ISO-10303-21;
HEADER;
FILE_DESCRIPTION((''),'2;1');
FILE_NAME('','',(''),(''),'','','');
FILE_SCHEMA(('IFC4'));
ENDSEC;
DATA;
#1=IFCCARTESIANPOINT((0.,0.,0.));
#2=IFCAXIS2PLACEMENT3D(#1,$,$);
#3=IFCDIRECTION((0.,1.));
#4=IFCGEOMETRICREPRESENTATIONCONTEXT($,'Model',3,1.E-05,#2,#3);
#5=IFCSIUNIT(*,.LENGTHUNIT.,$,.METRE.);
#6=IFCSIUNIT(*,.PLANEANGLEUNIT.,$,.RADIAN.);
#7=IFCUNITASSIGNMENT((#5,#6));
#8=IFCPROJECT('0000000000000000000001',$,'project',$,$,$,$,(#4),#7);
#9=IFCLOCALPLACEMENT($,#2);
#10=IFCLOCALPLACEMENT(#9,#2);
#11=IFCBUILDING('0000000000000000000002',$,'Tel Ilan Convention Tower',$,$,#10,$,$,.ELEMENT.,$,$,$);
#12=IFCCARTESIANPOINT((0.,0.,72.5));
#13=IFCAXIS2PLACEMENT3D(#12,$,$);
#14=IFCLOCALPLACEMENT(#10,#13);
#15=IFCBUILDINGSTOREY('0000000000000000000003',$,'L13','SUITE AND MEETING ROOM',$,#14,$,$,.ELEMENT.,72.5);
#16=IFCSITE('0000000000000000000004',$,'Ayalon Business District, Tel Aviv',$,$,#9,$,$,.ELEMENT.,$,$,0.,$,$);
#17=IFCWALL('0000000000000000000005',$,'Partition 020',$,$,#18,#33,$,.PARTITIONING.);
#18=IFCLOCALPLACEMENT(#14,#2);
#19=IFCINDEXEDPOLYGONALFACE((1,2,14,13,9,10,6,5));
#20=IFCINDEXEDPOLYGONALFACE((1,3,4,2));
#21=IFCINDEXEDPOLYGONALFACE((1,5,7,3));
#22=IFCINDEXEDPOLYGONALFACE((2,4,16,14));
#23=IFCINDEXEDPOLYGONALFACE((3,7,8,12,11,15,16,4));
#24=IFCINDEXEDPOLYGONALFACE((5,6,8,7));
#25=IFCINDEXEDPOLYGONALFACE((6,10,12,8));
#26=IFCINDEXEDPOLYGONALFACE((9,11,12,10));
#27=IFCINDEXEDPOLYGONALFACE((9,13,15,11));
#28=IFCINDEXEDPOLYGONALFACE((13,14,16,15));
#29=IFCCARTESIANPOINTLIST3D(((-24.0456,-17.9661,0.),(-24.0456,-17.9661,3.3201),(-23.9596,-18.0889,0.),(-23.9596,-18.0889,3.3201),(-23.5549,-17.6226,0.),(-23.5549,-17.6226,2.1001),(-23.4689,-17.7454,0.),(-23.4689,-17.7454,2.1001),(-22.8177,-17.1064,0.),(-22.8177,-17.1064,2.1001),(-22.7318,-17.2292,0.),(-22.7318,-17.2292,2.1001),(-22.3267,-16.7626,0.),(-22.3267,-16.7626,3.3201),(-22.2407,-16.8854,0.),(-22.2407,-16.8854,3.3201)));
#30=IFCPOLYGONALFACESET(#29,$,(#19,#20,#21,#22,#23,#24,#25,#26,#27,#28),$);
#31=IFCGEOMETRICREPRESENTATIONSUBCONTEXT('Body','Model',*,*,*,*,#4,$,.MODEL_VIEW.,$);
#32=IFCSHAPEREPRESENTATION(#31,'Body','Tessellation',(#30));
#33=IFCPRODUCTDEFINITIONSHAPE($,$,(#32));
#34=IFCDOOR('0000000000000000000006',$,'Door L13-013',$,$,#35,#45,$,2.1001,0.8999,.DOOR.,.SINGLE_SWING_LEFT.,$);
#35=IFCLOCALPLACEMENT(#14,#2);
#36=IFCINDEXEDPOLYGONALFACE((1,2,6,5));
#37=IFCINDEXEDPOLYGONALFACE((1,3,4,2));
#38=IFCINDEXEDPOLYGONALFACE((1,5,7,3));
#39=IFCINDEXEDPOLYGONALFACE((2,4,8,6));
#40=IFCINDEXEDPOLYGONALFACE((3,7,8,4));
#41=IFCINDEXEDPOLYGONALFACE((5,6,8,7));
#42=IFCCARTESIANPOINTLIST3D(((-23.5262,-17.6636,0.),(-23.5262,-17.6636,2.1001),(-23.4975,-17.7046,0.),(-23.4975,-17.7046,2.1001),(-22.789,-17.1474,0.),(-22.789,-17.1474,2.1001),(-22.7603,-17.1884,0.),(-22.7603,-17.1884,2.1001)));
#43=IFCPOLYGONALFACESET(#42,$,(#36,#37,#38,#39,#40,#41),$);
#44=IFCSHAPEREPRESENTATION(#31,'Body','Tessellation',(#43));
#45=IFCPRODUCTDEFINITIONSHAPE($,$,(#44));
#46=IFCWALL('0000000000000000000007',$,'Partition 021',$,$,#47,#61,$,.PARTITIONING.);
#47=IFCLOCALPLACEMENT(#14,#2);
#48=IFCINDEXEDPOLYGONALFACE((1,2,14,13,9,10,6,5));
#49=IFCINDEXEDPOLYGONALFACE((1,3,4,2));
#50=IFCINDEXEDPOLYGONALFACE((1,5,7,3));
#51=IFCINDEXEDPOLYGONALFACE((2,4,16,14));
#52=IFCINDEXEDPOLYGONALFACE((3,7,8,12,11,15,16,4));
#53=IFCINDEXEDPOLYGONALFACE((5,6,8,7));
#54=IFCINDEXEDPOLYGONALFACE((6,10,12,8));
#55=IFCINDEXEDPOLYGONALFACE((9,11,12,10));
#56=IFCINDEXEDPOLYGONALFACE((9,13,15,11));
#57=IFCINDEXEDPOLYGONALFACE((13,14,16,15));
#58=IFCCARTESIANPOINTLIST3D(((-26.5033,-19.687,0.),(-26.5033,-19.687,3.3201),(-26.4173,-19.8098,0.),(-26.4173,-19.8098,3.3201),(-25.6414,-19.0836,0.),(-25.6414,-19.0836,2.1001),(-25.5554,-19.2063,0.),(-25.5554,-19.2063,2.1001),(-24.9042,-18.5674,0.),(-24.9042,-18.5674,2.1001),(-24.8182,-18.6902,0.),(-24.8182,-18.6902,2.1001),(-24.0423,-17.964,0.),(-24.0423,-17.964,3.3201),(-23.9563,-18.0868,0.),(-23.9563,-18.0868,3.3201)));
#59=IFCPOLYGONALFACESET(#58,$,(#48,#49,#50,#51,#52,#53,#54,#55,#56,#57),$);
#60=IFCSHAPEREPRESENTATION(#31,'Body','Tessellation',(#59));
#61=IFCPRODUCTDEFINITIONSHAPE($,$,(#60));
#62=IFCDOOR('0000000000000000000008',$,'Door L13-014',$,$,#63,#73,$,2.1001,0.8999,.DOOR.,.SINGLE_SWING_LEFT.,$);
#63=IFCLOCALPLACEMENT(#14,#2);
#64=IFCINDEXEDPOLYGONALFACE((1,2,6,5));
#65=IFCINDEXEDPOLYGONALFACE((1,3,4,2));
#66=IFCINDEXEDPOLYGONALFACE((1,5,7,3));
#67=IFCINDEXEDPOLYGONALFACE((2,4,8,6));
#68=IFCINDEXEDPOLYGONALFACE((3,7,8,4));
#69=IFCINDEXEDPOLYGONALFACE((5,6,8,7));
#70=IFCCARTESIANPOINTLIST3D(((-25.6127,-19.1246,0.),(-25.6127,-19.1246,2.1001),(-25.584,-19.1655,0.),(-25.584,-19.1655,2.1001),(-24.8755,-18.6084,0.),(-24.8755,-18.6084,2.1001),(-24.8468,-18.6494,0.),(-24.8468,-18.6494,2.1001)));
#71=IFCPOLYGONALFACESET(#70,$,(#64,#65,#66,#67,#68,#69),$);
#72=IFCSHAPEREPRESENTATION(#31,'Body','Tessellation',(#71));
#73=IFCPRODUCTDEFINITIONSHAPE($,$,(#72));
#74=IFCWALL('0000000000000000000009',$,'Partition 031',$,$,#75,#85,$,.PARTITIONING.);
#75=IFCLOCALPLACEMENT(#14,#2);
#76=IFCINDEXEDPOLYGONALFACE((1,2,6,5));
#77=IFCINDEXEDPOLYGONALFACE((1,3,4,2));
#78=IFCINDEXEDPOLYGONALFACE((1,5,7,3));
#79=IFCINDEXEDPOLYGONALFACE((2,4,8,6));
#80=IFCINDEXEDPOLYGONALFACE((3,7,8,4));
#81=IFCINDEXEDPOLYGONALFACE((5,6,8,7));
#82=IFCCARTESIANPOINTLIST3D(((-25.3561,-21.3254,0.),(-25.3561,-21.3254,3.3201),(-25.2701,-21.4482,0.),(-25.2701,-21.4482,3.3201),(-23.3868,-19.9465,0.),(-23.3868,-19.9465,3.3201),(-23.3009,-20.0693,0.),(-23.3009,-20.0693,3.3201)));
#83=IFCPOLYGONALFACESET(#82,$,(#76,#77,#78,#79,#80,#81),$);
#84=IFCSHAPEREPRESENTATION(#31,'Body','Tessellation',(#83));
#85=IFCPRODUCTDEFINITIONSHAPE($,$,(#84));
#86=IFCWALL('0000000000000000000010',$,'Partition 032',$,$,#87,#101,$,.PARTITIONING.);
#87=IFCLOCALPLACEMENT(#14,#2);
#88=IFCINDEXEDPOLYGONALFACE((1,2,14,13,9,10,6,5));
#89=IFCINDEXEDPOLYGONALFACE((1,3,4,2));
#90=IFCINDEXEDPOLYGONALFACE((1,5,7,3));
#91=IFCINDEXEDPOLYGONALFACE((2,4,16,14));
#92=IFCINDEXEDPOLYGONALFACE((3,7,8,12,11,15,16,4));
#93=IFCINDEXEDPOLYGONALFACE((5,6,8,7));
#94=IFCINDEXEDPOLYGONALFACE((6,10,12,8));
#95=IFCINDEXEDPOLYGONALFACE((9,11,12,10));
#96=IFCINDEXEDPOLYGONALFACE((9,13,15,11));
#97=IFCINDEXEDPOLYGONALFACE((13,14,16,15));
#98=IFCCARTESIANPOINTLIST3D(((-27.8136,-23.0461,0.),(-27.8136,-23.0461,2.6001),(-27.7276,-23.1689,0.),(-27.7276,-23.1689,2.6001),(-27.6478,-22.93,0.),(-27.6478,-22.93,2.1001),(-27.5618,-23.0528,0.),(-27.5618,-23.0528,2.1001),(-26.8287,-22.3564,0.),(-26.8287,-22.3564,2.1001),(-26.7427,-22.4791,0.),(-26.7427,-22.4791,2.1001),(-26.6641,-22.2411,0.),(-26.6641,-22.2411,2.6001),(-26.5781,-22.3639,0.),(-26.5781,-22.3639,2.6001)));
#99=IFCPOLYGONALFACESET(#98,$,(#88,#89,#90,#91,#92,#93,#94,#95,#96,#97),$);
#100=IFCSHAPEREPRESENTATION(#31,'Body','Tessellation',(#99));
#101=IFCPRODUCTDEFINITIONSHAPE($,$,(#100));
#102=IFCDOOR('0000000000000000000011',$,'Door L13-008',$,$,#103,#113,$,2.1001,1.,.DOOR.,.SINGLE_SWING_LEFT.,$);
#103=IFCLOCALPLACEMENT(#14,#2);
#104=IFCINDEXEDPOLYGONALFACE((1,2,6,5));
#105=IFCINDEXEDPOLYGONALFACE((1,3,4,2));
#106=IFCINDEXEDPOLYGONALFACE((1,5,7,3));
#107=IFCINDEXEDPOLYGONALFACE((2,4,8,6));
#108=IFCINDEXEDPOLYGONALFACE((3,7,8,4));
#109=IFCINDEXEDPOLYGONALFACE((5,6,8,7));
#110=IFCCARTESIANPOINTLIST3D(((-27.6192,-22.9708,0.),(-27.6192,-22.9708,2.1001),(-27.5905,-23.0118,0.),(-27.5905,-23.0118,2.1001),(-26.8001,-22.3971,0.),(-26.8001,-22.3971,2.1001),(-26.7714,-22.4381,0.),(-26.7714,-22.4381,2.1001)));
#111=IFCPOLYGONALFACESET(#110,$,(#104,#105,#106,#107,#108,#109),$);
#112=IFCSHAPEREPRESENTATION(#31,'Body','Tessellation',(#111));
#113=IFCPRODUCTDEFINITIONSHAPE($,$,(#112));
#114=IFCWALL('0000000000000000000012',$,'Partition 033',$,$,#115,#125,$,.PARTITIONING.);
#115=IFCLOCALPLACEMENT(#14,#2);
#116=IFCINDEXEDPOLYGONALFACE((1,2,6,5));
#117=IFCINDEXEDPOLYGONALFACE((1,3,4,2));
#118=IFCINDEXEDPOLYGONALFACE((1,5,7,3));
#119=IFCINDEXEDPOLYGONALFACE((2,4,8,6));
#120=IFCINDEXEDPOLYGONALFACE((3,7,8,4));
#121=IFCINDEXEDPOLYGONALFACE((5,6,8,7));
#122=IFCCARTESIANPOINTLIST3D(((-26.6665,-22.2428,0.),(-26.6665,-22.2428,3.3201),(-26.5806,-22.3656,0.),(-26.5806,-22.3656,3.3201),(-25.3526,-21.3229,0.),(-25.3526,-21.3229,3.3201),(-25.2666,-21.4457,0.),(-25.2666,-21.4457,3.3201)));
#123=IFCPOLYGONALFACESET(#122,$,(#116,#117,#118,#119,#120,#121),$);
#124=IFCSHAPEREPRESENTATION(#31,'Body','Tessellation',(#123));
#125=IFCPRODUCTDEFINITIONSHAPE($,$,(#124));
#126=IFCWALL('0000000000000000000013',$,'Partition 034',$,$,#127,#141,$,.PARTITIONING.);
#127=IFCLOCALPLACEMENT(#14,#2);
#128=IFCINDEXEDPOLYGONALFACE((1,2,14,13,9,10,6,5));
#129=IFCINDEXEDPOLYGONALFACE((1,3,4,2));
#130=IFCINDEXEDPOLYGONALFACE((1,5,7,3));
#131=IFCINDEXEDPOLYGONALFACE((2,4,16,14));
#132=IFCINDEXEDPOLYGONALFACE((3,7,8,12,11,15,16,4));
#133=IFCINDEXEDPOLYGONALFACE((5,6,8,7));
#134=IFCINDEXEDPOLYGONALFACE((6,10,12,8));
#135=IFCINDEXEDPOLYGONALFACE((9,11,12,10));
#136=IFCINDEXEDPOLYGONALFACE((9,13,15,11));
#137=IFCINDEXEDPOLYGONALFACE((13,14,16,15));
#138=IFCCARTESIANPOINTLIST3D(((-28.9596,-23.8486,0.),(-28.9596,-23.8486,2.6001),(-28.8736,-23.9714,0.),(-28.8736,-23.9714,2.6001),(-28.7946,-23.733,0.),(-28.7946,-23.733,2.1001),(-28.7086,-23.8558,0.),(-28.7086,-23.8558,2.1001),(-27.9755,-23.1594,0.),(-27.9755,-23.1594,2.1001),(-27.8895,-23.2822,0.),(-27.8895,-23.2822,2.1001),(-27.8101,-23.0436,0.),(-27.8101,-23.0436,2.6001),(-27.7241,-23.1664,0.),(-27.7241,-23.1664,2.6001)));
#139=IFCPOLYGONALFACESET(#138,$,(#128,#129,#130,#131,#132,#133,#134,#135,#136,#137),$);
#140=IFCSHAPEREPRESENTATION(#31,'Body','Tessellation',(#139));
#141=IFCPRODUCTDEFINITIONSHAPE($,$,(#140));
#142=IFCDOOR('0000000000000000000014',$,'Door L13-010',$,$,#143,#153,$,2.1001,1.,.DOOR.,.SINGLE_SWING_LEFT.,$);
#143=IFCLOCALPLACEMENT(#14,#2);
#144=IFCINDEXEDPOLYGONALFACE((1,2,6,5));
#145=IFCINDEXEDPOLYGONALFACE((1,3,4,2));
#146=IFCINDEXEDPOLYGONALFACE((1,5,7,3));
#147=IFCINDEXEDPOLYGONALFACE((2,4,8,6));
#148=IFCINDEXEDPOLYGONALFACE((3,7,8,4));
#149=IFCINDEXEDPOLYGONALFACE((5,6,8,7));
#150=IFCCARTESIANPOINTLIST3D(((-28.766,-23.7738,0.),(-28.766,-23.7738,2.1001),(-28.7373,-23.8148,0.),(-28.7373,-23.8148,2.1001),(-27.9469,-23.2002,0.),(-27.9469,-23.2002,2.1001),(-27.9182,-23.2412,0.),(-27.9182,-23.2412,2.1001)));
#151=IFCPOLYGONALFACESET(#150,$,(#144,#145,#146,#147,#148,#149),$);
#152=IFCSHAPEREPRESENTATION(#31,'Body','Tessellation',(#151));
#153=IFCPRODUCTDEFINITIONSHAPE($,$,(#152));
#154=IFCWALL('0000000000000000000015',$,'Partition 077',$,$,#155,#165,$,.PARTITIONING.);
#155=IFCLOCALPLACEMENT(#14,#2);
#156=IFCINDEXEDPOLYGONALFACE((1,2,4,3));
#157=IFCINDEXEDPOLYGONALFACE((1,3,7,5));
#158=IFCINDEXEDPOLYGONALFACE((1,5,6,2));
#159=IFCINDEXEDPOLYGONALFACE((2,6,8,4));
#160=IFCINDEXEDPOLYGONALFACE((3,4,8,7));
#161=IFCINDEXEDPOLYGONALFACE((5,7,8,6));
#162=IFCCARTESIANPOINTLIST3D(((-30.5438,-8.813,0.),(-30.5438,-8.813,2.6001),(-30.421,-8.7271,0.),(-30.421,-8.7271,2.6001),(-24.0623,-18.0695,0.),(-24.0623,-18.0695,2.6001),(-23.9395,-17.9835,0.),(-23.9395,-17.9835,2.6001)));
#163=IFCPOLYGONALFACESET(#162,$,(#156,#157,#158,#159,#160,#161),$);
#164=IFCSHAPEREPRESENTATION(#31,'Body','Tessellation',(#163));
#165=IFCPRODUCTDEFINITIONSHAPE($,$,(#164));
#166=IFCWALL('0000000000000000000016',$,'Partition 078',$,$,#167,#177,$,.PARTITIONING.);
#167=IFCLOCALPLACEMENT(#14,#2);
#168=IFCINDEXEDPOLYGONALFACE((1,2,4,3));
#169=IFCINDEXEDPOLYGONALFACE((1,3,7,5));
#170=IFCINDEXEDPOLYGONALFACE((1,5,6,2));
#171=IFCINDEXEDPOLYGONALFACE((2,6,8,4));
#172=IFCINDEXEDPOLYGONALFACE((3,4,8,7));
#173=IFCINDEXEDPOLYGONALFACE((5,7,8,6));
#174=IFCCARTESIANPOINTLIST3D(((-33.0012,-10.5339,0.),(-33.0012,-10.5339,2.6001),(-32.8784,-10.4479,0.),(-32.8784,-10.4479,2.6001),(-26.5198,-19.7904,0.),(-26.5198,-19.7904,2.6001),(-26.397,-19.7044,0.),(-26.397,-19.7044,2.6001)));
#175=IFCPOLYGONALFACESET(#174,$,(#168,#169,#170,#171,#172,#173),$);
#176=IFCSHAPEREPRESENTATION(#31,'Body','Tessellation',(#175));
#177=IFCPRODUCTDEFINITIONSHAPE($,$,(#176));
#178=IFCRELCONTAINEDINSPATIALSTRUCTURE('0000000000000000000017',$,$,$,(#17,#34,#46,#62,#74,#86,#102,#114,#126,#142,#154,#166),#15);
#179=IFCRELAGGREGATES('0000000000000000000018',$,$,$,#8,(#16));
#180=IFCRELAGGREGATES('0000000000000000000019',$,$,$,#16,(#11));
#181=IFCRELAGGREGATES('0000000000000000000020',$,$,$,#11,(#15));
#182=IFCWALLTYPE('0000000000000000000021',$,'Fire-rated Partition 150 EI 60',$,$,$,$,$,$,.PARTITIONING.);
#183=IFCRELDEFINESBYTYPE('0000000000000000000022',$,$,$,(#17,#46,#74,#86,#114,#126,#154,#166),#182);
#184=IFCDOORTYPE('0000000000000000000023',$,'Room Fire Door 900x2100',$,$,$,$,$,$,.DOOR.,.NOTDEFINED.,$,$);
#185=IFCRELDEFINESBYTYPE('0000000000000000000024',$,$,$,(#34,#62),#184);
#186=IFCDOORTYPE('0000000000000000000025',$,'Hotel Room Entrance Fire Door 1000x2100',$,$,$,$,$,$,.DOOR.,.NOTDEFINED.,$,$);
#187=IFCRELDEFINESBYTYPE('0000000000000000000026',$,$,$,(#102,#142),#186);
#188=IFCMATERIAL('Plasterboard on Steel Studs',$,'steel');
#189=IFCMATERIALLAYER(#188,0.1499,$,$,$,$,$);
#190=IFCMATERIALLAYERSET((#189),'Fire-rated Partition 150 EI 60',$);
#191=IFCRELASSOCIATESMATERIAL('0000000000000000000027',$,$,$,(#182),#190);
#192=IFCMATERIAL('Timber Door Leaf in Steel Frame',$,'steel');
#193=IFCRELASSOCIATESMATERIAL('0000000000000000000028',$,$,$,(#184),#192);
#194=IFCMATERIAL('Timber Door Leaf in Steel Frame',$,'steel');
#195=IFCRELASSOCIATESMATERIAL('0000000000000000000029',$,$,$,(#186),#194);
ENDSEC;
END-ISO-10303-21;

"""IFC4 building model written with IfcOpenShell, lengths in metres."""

from ifc_helpers import new_model, si_unit, direction, frame, frame_2d, origin, place, context, subcontext, project, spatial, rectangle, extrude, material, layer, layer_set, type_object, element, fill, save


model = new_model("IFC4")

# Units and contexts
model_context = context("Model", 3, precision=1e-05, world=origin(), true_north=direction((0.0, 1.0)))
body_context = subcontext(model_context, "Body", "Model", "MODEL_VIEW")
ifc_project = project(units=[si_unit("LENGTHUNIT", "METRE"), si_unit("PLANEANGLEUNIT", "RADIAN")], contexts=[model_context])

# Site, building, storey
site_placement = place(None, origin())
site = spatial("IfcSite", under=ifc_project, at=site_placement, Name="Ayalon Business District, Tel Aviv", CompositionType="ELEMENT", RefElevation=0.0)
building_placement = place(site_placement, origin())
building = spatial("IfcBuilding", under=site, at=building_placement, Name="Tel Ilan Convention Tower", CompositionType="ELEMENT")
storey_placement = place(building_placement, frame((0.0, 0.0, 72.5)))
storey = spatial("IfcBuildingStorey", under=building, at=storey_placement, Name="L13", Description="SUITE AND MEETING ROOM", CompositionType="ELEMENT", Elevation=72.5)

# Walls, openings, doors
ifc_material_1 = material(Name="Plasterboard on Steel Studs", Category="steel")
ifc_layer_1 = layer(ifc_material_1, 0.1499)
ifc_layer_set_1 = layer_set([ifc_layer_1], Name="Fire-rated Partition 150 EI 60")
wall_type_1 = type_object("IfcWallType", Name="Fire-rated Partition 150 EI 60", PredefinedType="PARTITIONING", material=ifc_layer_set_1)
wall_1_placement = place(storey_placement, frame((-24.0027, -18.0276, 0.0), z_axis=(0.0, 0.0, 1.0), x_axis=(0.819161, 0.573564, 0.0)))
wall_1 = element("IfcWall", 1, at=wall_1_placement, inside=storey, type_object=wall_type_1, Name="Partition 020", PredefinedType="PARTITIONING", context=body_context, shape_type="SweptSolid", body=[
    extrude(rectangle(XDim=2.0984, YDim=0.1499, at=frame_2d((1.0493, 0.0))), origin(), (0.0, 0.0, 1.0), 3.3201),
])
opening_1_placement = place(wall_1_placement, frame((0.5991, 0.0, 0.0)))
opening_1 = element("IfcOpeningElement", 2, at=opening_1_placement, cuts=wall_1, PredefinedType="OPENING", context=body_context, shape_type="SweptSolid", body=[
    extrude(rectangle(XDim=0.8999, YDim=2.1001, at=frame_2d((0.45, 1.05))), frame((0.0, 0.085, 0.0), z_axis=(0.0, -1.0, 0.0), x_axis=(1.0, 0.0, 0.0)), (0.0, 0.0, 1.0), 0.1699),
])
ifc_material_2 = material(Name="Timber Door Leaf in Steel Frame", Category="steel")
door_type_1 = type_object("IfcDoorType", Name="Room Fire Door 900x2100", OperationType="NOTDEFINED", PredefinedType="DOOR", material=ifc_material_2)
door_1_placement = place(opening_1_placement, origin())
door_1 = element("IfcDoor", 3, at=door_1_placement, inside=storey, type_object=door_type_1, Name="Door L13-013", OperationType="SINGLE_SWING_LEFT", OverallHeight=2.1001, OverallWidth=0.8999, PredefinedType="DOOR", context=body_context, shape_type="SweptSolid", body=[
    extrude(rectangle(XDim=0.8999, YDim=2.1001, at=frame_2d((0.45, 1.05))), frame((0.0, 0.0249, 0.0), z_axis=(0.0, -1.0, 0.0), x_axis=(1.0, 0.0, 0.0)), (0.0, 0.0, 1.0), 0.05),
])
fill(opening_1, door_1)
wall_2_placement = place(storey_placement, frame((-26.4602, -19.7483, 0.0), z_axis=(0.0, 0.0, 1.0), x_axis=(0.819194, 0.573517, 0.0)))
wall_2 = element("IfcWall", 4, at=wall_2_placement, inside=storey, type_object=wall_type_1, Name="Partition 021", PredefinedType="PARTITIONING", context=body_context, shape_type="SweptSolid", body=[
    extrude(rectangle(XDim=3.0042, YDim=0.1499, at=frame_2d((1.502, 0.0))), origin(), (0.0, 0.0, 1.0), 3.3201),
])
opening_2_placement = place(wall_2_placement, frame((1.052, 0.0, 0.0)))
opening_2 = element("IfcOpeningElement", 5, at=opening_2_placement, cuts=wall_2, PredefinedType="OPENING", context=body_context, shape_type="SweptSolid", body=[
    extrude(rectangle(XDim=0.8999, YDim=2.1001, at=frame_2d((0.45, 1.05))), frame((0.0, 0.085, 0.0), z_axis=(0.0, -1.0, 0.0), x_axis=(1.0, 0.0, 0.0)), (0.0, 0.0, 1.0), 0.1699),
])
door_2_placement = place(opening_2_placement, origin())
door_2 = element("IfcDoor", 6, at=door_2_placement, inside=storey, type_object=door_type_1, Name="Door L13-014", OperationType="SINGLE_SWING_LEFT", OverallHeight=2.1001, OverallWidth=0.8999, PredefinedType="DOOR", context=body_context, shape_type="SweptSolid", body=[
    extrude(rectangle(XDim=0.8999, YDim=2.1001, at=frame_2d((0.45, 1.05))), frame((0.0, 0.0249, 0.0), z_axis=(0.0, -1.0, 0.0), x_axis=(1.0, 0.0, 0.0)), (0.0, 0.0, 1.0), 0.05),
])
fill(opening_2, door_2)

# Wall
wall_3_placement = place(storey_placement, frame((-23.3438, -20.0078, 0.0), z_axis=(0.0, 0.0, 1.0), x_axis=(-0.819146, -0.573585, 0.0)))
element("IfcWall", 7, at=wall_3_placement, inside=storey, type_object=wall_type_1, Name="Partition 031", PredefinedType="PARTITIONING", context=body_context, shape_type="SweptSolid", body=[
    extrude(rectangle(XDim=2.4041, YDim=0.1499, at=frame_2d((1.2021, 0.0))), origin(), (0.0, 0.0, 1.0), 3.3201),
])

# Wall, opening, door
wall_4_placement = place(storey_placement, frame((-26.6211, -22.3025, 0.0), z_axis=(0.0, 0.0, 1.0), x_axis=(-0.819117, -0.573626, 0.0)))
wall_4 = element("IfcWall", 8, at=wall_4_placement, inside=storey, type_object=wall_type_1, Name="Partition 032", PredefinedType="PARTITIONING", context=body_context, shape_type="SweptSolid", body=[
    extrude(rectangle(XDim=1.4033, YDim=0.1499, at=frame_2d((0.7017, 0.0))), origin(), (0.0, 0.0, 1.0), 2.6001),
])
opening_3_placement = place(wall_4_placement, frame((0.2009, 0.0, 0.0)))
opening_3 = element("IfcOpeningElement", 9, at=opening_3_placement, cuts=wall_4, PredefinedType="OPENING", context=body_context, shape_type="SweptSolid", body=[
    extrude(rectangle(XDim=1.0, YDim=2.1001, at=frame_2d((0.5, 1.05))), frame((0.0, 0.085, 0.0), z_axis=(0.0, -1.0, 0.0), x_axis=(1.0, 0.0, 0.0)), (0.0, 0.0, 1.0), 0.1699),
])
ifc_material_3 = material(Name="Timber Door Leaf in Steel Frame", Category="steel")
door_type_2 = type_object("IfcDoorType", Name="Hotel Room Entrance Fire Door 1000x2100", OperationType="NOTDEFINED", PredefinedType="DOOR", material=ifc_material_3)
door_3_placement = place(opening_3_placement, origin())
door_3 = element("IfcDoor", 10, at=door_3_placement, inside=storey, type_object=door_type_2, Name="Door L13-008", OperationType="SINGLE_SWING_LEFT", OverallHeight=2.1001, OverallWidth=1.0, PredefinedType="DOOR", context=body_context, shape_type="SweptSolid", body=[
    extrude(rectangle(XDim=1.0, YDim=2.1001, at=frame_2d((0.5, 1.05))), frame((0.0, 0.0249, 0.0), z_axis=(0.0, -1.0, 0.0), x_axis=(1.0, 0.0, 0.0)), (0.0, 0.0, 1.0), 0.05),
])
fill(opening_3, door_3)

# Wall
wall_5_placement = place(storey_placement, frame((-25.3096, -21.3843, 0.0), z_axis=(0.0, 0.0, 1.0), x_axis=(-0.819189, -0.573524, 0.0)))
element("IfcWall", 11, at=wall_5_placement, inside=storey, type_object=wall_type_1, Name="Partition 033", PredefinedType="PARTITIONING", context=body_context, shape_type="SweptSolid", body=[
    extrude(rectangle(XDim=1.604, YDim=0.1499, at=frame_2d((0.802, 0.0))), origin(), (0.0, 0.0, 1.0), 3.3201),
])

# Wall, opening, door
wall_6_placement = place(storey_placement, frame((-27.7671, -23.105, 0.0), z_axis=(0.0, 0.0, 1.0), x_axis=(-0.819117, -0.573626, 0.0)))
wall_6 = element("IfcWall", 12, at=wall_6_placement, inside=storey, type_object=wall_type_1, Name="Partition 034", PredefinedType="PARTITIONING", context=body_context, shape_type="SweptSolid", body=[
    extrude(rectangle(XDim=1.4033, YDim=0.1499, at=frame_2d((0.7017, 0.0))), origin(), (0.0, 0.0, 1.0), 2.6001),
])
opening_4_placement = place(wall_6_placement, frame((0.2019, 0.0, 0.0)))
opening_4 = element("IfcOpeningElement", 13, at=opening_4_placement, cuts=wall_6, PredefinedType="OPENING", context=body_context, shape_type="SweptSolid", body=[
    extrude(rectangle(XDim=1.0, YDim=2.1001, at=frame_2d((0.5, 1.05))), frame((0.0, 0.085, 0.0), z_axis=(0.0, -1.0, 0.0), x_axis=(1.0, 0.0, 0.0)), (0.0, 0.0, 1.0), 0.1699),
])
door_4_placement = place(opening_4_placement, origin())
door_4 = element("IfcDoor", 14, at=door_4_placement, inside=storey, type_object=door_type_2, Name="Door L13-010", OperationType="SINGLE_SWING_LEFT", OverallHeight=2.1001, OverallWidth=1.0, PredefinedType="DOOR", context=body_context, shape_type="SweptSolid", body=[
    extrude(rectangle(XDim=1.0, YDim=2.1001, at=frame_2d((0.5, 1.05))), frame((0.0, 0.0249, 0.0), z_axis=(0.0, -1.0, 0.0), x_axis=(1.0, 0.0, 0.0)), (0.0, 0.0, 1.0), 0.05),
])
fill(opening_4, door_4)

# Walls
for number, where, z_axis, x_axis, name in (
    (15, (-24.001, -18.0264, 0.0), (0.0, 0.0, 1.0), (-0.573581, 0.819149, 0.0), "Partition 077"),
    (16, (-26.4585, -19.7473, 0.0), (0.0, 0.0, 1.0), (-0.573571, 0.819156, 0.0), "Partition 078"),
):
    element("IfcWall", number, at=place(storey_placement, frame(where, z_axis=z_axis, x_axis=x_axis)), inside=storey, type_object=wall_type_1, Name=name, PredefinedType="PARTITIONING", context=body_context, shape_type="SweptSolid", body=[
        extrude(rectangle(XDim=11.3, YDim=0.1499, at=frame_2d((5.6499, 0.0))), origin(), (0.0, 0.0, 1.0), 2.6001),
    ])

save(model, "model.ifc")
